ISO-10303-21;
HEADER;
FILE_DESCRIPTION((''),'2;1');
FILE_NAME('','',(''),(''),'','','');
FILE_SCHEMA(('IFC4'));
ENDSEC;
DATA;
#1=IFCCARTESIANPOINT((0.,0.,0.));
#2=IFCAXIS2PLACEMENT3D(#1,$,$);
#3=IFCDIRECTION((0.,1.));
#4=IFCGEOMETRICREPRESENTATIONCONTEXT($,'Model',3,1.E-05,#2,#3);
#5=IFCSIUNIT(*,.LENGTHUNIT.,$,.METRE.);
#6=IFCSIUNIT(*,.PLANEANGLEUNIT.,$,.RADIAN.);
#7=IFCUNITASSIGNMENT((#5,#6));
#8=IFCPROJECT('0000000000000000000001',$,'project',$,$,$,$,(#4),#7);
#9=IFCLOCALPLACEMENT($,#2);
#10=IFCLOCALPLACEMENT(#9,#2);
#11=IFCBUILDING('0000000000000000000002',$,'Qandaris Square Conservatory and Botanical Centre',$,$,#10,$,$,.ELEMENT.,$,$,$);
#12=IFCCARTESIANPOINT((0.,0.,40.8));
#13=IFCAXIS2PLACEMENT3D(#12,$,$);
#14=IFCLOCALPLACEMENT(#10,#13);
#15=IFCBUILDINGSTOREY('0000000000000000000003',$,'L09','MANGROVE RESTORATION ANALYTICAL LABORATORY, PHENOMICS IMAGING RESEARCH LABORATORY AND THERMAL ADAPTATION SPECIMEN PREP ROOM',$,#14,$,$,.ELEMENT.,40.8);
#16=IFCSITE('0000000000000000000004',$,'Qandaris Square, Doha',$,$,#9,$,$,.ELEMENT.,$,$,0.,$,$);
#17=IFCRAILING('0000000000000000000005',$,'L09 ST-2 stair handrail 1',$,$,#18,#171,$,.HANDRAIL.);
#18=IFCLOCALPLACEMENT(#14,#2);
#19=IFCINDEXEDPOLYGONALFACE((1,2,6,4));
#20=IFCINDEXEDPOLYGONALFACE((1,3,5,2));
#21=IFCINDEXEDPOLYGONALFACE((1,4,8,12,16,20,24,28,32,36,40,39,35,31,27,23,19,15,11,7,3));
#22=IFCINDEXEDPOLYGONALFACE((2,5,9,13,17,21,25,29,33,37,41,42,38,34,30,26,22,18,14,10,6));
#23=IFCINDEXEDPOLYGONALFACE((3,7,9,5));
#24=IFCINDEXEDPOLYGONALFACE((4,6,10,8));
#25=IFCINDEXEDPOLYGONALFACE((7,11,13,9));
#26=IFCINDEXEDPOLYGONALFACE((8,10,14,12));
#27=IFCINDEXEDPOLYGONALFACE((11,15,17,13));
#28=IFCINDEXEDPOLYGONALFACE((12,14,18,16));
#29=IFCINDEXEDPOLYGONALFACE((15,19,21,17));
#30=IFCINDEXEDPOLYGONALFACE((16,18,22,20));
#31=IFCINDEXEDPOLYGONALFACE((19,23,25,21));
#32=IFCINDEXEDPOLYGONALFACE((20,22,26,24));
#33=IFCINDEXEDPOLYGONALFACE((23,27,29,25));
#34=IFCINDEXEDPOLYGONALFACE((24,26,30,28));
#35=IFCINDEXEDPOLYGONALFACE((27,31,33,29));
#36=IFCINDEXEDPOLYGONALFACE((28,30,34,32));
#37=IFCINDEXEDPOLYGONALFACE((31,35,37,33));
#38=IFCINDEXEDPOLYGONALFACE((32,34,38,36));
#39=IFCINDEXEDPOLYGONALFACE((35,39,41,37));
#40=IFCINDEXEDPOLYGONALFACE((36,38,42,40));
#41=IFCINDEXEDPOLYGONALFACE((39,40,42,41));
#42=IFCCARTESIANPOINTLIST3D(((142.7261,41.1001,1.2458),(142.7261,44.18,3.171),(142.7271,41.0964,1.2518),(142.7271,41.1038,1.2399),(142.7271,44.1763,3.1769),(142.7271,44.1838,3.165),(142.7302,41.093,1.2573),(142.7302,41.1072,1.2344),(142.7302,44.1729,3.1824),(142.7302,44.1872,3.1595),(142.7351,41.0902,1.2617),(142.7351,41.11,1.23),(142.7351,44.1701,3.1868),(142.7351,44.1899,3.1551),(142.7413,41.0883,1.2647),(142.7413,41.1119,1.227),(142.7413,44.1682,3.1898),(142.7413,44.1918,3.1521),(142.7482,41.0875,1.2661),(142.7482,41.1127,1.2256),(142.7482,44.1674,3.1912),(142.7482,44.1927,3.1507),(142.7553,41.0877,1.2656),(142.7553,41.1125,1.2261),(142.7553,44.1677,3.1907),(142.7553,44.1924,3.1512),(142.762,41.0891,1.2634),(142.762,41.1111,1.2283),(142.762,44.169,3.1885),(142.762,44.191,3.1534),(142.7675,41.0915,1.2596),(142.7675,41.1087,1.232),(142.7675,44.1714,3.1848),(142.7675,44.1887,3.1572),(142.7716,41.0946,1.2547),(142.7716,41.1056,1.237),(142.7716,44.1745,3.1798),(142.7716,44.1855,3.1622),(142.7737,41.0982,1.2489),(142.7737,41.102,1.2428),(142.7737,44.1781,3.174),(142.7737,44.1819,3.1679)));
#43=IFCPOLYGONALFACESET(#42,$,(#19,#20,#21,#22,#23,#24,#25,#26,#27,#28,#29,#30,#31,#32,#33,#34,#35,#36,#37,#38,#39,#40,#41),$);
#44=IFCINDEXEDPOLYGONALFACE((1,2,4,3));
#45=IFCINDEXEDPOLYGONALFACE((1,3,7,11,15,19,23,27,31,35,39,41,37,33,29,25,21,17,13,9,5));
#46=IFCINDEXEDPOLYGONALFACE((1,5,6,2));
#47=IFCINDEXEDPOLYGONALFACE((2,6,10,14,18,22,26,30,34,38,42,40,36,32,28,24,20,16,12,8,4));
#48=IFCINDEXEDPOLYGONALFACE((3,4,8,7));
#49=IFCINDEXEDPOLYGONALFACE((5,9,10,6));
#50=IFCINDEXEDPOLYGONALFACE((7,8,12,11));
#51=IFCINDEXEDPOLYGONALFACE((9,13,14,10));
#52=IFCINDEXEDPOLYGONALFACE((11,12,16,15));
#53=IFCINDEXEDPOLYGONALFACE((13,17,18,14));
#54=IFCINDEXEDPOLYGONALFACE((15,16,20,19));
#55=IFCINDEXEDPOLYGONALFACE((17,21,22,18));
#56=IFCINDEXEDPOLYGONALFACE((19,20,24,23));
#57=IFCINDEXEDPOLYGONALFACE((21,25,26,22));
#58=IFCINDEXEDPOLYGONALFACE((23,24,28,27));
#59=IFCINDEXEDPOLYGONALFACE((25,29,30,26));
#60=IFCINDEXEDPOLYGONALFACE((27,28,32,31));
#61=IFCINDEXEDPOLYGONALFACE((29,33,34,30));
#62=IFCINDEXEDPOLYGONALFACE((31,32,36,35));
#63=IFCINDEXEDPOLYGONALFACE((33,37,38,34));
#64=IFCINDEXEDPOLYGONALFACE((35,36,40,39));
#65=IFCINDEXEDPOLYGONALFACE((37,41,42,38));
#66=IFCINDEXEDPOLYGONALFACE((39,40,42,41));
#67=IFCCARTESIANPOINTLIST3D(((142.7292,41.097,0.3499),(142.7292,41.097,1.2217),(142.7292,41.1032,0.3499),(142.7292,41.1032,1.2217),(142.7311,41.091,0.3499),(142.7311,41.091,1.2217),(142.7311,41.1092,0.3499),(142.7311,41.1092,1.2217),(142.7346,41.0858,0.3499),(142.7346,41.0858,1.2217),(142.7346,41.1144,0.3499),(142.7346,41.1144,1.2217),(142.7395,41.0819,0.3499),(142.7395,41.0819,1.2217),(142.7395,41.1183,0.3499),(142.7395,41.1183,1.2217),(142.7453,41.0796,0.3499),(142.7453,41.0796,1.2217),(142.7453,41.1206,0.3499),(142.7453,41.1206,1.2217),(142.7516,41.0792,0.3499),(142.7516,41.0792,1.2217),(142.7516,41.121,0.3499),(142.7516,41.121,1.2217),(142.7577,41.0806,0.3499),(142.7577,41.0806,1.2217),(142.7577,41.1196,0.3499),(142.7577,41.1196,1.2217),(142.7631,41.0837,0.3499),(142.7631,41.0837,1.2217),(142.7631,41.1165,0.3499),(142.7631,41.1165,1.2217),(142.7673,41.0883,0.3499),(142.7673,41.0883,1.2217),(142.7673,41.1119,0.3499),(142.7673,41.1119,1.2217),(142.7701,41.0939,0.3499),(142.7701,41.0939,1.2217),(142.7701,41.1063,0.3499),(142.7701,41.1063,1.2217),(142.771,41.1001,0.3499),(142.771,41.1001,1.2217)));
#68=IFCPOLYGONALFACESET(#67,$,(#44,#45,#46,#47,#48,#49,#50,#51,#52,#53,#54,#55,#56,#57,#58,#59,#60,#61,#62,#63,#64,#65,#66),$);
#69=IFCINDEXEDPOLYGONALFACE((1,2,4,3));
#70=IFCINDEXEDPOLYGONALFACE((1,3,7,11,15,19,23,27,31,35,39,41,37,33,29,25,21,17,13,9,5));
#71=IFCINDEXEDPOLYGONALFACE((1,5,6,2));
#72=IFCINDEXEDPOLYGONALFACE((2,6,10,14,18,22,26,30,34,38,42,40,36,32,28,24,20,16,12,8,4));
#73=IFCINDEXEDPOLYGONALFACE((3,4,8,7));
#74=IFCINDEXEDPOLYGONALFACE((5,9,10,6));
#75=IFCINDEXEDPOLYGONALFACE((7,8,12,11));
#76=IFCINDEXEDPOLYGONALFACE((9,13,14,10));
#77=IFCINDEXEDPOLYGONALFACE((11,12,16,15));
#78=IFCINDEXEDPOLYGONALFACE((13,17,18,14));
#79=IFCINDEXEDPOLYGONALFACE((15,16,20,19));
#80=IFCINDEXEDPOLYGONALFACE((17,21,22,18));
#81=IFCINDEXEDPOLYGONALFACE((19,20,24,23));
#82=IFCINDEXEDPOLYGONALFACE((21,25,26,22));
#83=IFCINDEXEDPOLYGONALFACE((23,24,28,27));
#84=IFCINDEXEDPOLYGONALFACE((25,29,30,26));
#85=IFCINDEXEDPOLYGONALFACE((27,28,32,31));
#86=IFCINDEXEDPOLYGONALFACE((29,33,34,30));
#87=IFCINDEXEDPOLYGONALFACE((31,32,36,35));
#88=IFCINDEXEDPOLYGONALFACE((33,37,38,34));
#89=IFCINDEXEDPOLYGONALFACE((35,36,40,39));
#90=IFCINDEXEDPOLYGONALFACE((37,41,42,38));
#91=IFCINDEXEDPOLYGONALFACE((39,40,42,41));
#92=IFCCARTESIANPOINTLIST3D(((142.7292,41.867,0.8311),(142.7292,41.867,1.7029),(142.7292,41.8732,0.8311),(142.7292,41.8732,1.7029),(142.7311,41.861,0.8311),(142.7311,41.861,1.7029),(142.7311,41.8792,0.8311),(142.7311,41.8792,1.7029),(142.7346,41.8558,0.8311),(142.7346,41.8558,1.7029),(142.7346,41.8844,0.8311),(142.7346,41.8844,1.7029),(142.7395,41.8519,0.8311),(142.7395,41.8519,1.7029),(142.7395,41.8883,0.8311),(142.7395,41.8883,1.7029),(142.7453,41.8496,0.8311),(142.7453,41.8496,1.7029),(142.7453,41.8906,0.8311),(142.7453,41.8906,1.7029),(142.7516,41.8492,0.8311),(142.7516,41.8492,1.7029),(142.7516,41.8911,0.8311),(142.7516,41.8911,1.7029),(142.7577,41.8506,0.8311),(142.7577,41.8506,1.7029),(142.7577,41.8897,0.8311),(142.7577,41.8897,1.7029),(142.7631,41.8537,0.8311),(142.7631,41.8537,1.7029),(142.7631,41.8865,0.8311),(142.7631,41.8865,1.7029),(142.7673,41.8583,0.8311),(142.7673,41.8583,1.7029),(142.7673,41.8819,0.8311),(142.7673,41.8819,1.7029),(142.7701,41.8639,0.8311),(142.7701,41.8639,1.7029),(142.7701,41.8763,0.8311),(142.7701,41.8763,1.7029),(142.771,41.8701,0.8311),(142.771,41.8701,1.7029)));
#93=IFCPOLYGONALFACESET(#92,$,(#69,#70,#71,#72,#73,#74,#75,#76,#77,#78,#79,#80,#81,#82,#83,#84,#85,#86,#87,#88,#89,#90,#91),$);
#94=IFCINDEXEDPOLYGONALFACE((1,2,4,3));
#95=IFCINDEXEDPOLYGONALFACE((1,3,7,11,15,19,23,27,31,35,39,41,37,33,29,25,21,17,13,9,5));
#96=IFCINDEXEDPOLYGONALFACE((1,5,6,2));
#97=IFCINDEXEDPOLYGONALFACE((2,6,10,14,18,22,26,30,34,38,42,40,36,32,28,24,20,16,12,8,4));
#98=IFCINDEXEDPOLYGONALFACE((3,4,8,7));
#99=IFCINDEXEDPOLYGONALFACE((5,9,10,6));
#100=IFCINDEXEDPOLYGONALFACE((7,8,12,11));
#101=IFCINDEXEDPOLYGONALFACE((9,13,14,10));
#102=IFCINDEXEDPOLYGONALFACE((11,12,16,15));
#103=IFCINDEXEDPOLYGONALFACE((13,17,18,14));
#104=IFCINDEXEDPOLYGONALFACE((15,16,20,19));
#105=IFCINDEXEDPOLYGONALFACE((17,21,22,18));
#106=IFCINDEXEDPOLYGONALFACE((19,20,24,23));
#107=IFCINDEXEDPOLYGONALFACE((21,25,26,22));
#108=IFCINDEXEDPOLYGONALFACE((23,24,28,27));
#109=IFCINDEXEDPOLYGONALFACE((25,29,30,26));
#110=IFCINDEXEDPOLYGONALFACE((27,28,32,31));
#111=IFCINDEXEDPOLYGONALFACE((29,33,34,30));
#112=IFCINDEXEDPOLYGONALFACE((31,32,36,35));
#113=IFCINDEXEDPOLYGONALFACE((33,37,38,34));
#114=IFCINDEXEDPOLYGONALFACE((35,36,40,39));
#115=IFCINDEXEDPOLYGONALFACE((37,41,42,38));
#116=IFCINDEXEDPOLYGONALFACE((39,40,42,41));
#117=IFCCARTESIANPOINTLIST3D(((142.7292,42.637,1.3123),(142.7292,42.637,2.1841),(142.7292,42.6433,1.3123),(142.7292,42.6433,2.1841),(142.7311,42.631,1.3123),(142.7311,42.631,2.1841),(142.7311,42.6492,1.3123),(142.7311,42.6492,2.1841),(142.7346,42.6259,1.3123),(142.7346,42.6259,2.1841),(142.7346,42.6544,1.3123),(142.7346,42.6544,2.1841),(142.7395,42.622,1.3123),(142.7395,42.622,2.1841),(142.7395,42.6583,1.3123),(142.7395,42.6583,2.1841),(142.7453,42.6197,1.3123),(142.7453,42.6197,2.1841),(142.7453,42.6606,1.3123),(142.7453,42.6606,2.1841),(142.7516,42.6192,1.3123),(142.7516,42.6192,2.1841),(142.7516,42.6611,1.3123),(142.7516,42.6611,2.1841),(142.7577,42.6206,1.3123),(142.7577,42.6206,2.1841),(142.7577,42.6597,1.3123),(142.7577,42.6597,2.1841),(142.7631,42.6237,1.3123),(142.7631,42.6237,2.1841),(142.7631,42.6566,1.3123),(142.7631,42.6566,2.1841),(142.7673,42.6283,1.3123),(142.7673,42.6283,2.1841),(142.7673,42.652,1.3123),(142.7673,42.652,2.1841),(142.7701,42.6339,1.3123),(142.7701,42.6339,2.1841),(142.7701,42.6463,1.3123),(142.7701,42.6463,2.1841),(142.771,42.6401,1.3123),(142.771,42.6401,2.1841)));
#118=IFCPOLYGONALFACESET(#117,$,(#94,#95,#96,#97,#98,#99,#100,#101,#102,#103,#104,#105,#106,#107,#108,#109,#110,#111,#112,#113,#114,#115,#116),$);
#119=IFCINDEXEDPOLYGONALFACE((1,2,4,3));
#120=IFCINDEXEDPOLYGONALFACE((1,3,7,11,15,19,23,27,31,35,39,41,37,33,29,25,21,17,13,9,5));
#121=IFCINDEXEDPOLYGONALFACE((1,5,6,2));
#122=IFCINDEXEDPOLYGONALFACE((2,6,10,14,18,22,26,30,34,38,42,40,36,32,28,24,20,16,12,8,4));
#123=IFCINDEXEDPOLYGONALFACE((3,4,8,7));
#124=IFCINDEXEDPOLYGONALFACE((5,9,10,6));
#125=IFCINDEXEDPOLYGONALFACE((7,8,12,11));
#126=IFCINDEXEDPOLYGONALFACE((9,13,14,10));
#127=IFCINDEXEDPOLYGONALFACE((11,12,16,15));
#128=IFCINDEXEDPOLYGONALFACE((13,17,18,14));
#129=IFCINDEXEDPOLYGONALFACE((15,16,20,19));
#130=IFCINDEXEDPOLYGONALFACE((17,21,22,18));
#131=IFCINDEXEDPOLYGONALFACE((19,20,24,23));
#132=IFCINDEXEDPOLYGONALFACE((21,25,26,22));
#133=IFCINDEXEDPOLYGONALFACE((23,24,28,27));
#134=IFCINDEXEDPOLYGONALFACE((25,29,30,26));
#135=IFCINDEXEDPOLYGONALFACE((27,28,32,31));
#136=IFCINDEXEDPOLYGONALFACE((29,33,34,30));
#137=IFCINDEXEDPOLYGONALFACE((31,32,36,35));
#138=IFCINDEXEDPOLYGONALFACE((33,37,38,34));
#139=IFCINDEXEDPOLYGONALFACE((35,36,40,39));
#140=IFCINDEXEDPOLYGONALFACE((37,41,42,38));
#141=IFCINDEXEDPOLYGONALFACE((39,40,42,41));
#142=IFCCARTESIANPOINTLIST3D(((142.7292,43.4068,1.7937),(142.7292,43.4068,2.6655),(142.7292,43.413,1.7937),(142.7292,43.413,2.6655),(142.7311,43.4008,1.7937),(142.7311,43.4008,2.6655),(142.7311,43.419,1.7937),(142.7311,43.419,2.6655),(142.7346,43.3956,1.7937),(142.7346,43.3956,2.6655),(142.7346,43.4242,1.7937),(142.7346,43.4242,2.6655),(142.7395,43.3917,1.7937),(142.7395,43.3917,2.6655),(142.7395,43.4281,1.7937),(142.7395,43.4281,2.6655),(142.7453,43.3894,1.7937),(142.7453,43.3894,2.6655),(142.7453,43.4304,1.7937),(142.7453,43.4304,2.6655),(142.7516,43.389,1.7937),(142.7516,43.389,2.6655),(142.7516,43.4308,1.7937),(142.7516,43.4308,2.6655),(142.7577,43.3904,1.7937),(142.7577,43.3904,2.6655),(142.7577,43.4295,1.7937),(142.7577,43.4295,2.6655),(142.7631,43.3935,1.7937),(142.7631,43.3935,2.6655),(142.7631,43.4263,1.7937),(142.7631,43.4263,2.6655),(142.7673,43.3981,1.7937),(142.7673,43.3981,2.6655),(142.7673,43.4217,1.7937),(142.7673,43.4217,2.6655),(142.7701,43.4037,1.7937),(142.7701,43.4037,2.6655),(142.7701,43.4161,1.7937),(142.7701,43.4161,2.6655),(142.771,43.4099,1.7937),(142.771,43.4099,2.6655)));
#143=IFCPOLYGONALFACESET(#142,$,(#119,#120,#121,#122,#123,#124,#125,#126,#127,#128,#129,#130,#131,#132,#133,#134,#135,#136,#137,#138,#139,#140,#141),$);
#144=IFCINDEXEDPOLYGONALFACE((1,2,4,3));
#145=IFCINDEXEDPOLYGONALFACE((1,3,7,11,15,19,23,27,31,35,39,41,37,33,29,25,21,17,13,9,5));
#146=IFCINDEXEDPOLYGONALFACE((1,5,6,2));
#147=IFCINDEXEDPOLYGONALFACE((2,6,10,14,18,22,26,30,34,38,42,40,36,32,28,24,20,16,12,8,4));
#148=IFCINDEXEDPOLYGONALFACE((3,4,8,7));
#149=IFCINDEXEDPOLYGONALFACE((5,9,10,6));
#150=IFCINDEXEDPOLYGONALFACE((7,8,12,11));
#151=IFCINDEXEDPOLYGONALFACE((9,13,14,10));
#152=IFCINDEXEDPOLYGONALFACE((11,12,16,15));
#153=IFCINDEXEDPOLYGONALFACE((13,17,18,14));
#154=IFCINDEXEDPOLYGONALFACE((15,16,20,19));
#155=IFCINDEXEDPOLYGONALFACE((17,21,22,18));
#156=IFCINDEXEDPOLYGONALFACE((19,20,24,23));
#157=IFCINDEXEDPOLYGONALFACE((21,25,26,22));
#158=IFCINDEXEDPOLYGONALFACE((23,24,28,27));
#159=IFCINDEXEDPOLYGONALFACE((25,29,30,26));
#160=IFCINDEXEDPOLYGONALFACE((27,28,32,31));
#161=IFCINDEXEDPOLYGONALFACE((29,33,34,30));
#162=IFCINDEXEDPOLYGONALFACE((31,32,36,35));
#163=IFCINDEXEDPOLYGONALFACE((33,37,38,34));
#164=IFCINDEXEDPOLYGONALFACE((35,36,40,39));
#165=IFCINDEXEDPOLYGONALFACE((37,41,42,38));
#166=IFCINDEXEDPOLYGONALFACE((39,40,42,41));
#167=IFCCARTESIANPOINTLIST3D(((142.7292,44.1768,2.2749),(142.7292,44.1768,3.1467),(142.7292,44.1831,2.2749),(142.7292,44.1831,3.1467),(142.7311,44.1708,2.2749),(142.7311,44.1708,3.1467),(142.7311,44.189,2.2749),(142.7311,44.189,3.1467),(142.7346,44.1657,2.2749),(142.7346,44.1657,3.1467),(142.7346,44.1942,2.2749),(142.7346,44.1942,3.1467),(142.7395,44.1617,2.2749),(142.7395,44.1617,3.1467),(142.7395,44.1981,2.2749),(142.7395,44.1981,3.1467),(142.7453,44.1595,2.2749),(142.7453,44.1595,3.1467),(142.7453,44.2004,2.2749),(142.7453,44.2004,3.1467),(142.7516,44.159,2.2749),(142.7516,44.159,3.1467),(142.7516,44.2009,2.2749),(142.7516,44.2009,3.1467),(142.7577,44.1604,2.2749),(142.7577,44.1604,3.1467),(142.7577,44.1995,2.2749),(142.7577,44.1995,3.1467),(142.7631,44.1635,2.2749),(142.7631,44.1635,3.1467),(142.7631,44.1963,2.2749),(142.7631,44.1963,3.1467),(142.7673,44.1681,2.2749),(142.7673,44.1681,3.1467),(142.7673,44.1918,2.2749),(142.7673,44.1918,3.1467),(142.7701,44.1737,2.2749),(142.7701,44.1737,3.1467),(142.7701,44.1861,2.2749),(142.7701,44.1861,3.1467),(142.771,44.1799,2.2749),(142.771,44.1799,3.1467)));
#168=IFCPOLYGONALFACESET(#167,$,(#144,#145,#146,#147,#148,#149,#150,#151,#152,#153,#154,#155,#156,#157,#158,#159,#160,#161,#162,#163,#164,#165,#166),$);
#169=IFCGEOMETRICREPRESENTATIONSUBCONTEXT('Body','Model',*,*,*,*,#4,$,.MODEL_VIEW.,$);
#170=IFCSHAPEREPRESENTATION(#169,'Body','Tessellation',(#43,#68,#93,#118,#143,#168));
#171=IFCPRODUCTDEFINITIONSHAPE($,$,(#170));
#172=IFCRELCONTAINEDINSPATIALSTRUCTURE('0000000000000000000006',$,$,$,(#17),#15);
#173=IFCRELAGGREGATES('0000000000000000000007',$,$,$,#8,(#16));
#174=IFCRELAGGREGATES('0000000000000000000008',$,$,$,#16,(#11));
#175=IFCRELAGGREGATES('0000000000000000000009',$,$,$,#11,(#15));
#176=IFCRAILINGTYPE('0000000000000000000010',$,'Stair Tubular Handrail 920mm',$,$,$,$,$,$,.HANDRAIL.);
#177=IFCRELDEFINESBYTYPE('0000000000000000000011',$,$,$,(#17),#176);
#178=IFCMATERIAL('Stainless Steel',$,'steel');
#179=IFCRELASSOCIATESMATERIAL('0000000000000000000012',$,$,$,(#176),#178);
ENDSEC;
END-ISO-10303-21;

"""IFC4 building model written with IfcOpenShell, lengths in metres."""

from ifc_helpers import new_model, si_unit, direction, frame, origin, origin_2d, place, context, subcontext, project, spatial, circle, extrude, material, type_object, element, save


model = new_model("IFC4")

# Units and contexts
model_context = context("Model", 3, precision=1e-05, world=origin(), true_north=direction((0.0, 1.0)))
body_context = subcontext(model_context, "Body", "Model", "MODEL_VIEW")
ifc_project = project(units=[si_unit("LENGTHUNIT", "METRE"), si_unit("PLANEANGLEUNIT", "RADIAN")], contexts=[model_context])

# Site, building, storey
site_placement = place(None, origin())
site = spatial("IfcSite", under=ifc_project, at=site_placement, Name="Qandaris Square, Doha", CompositionType="ELEMENT", RefElevation=0.0)
building_placement = place(site_placement, origin())
building = spatial("IfcBuilding", under=site, at=building_placement, Name="Qandaris Square Conservatory and Botanical Centre", CompositionType="ELEMENT")
storey_placement = place(building_placement, frame((0.0, 0.0, 40.8)))
storey = spatial("IfcBuildingStorey", under=building, at=storey_placement, Name="L09", Description="MANGROVE RESTORATION ANALYTICAL LABORATORY, PHENOMICS IMAGING RESEARCH LABORATORY AND THERMAL ADAPTATION SPECIMEN PREP ROOM", CompositionType="ELEMENT", Elevation=40.8)

# Railing
ifc_material_1 = material(Name="Stainless Steel", Category="steel")
railing_type_1 = type_object("IfcRailingType", Name="Stair Tubular Handrail 920mm", PredefinedType="HANDRAIL", material=ifc_material_1)
railing_1_placement = place(storey_placement, frame((142.75, 41.1001, 0.3499)))
element("IfcRailing", 1, at=railing_1_placement, inside=storey, type_object=railing_type_1, Name="L09 ST-2 stair handrail 1", PredefinedType="HANDRAIL", context=body_context, shape_type="SweptSolid", body=[
    extrude(circle(Radius=0.0239, at=origin_2d()), frame((0.0, 0.0, 0.896), z_axis=(0.0, 0.847979, 0.530029), x_axis=(-1.0, 0.0, 0.0)), (0.0, 0.0, 1.0), 3.6321),
    extrude(circle(Radius=0.021, at=origin_2d()), origin(), (0.0, 0.0, 1.0), 0.8718),
    extrude(circle(Radius=0.021, at=origin_2d()), frame((0.0, 0.77, 0.4812)), (0.0, 0.0, 1.0), 0.8718),
    extrude(circle(Radius=0.021, at=origin_2d()), frame((0.0, 1.54, 0.9624)), (0.0, 0.0, 1.0), 0.8718),
    extrude(circle(Radius=0.021, at=origin_2d()), frame((0.0, 2.3098, 1.4438)), (0.0, 0.0, 1.0), 0.8718),
    extrude(circle(Radius=0.021, at=origin_2d()), frame((0.0, 3.0798, 1.925)), (0.0, 0.0, 1.0), 0.8718),
])

save(model, "model.ifc")
